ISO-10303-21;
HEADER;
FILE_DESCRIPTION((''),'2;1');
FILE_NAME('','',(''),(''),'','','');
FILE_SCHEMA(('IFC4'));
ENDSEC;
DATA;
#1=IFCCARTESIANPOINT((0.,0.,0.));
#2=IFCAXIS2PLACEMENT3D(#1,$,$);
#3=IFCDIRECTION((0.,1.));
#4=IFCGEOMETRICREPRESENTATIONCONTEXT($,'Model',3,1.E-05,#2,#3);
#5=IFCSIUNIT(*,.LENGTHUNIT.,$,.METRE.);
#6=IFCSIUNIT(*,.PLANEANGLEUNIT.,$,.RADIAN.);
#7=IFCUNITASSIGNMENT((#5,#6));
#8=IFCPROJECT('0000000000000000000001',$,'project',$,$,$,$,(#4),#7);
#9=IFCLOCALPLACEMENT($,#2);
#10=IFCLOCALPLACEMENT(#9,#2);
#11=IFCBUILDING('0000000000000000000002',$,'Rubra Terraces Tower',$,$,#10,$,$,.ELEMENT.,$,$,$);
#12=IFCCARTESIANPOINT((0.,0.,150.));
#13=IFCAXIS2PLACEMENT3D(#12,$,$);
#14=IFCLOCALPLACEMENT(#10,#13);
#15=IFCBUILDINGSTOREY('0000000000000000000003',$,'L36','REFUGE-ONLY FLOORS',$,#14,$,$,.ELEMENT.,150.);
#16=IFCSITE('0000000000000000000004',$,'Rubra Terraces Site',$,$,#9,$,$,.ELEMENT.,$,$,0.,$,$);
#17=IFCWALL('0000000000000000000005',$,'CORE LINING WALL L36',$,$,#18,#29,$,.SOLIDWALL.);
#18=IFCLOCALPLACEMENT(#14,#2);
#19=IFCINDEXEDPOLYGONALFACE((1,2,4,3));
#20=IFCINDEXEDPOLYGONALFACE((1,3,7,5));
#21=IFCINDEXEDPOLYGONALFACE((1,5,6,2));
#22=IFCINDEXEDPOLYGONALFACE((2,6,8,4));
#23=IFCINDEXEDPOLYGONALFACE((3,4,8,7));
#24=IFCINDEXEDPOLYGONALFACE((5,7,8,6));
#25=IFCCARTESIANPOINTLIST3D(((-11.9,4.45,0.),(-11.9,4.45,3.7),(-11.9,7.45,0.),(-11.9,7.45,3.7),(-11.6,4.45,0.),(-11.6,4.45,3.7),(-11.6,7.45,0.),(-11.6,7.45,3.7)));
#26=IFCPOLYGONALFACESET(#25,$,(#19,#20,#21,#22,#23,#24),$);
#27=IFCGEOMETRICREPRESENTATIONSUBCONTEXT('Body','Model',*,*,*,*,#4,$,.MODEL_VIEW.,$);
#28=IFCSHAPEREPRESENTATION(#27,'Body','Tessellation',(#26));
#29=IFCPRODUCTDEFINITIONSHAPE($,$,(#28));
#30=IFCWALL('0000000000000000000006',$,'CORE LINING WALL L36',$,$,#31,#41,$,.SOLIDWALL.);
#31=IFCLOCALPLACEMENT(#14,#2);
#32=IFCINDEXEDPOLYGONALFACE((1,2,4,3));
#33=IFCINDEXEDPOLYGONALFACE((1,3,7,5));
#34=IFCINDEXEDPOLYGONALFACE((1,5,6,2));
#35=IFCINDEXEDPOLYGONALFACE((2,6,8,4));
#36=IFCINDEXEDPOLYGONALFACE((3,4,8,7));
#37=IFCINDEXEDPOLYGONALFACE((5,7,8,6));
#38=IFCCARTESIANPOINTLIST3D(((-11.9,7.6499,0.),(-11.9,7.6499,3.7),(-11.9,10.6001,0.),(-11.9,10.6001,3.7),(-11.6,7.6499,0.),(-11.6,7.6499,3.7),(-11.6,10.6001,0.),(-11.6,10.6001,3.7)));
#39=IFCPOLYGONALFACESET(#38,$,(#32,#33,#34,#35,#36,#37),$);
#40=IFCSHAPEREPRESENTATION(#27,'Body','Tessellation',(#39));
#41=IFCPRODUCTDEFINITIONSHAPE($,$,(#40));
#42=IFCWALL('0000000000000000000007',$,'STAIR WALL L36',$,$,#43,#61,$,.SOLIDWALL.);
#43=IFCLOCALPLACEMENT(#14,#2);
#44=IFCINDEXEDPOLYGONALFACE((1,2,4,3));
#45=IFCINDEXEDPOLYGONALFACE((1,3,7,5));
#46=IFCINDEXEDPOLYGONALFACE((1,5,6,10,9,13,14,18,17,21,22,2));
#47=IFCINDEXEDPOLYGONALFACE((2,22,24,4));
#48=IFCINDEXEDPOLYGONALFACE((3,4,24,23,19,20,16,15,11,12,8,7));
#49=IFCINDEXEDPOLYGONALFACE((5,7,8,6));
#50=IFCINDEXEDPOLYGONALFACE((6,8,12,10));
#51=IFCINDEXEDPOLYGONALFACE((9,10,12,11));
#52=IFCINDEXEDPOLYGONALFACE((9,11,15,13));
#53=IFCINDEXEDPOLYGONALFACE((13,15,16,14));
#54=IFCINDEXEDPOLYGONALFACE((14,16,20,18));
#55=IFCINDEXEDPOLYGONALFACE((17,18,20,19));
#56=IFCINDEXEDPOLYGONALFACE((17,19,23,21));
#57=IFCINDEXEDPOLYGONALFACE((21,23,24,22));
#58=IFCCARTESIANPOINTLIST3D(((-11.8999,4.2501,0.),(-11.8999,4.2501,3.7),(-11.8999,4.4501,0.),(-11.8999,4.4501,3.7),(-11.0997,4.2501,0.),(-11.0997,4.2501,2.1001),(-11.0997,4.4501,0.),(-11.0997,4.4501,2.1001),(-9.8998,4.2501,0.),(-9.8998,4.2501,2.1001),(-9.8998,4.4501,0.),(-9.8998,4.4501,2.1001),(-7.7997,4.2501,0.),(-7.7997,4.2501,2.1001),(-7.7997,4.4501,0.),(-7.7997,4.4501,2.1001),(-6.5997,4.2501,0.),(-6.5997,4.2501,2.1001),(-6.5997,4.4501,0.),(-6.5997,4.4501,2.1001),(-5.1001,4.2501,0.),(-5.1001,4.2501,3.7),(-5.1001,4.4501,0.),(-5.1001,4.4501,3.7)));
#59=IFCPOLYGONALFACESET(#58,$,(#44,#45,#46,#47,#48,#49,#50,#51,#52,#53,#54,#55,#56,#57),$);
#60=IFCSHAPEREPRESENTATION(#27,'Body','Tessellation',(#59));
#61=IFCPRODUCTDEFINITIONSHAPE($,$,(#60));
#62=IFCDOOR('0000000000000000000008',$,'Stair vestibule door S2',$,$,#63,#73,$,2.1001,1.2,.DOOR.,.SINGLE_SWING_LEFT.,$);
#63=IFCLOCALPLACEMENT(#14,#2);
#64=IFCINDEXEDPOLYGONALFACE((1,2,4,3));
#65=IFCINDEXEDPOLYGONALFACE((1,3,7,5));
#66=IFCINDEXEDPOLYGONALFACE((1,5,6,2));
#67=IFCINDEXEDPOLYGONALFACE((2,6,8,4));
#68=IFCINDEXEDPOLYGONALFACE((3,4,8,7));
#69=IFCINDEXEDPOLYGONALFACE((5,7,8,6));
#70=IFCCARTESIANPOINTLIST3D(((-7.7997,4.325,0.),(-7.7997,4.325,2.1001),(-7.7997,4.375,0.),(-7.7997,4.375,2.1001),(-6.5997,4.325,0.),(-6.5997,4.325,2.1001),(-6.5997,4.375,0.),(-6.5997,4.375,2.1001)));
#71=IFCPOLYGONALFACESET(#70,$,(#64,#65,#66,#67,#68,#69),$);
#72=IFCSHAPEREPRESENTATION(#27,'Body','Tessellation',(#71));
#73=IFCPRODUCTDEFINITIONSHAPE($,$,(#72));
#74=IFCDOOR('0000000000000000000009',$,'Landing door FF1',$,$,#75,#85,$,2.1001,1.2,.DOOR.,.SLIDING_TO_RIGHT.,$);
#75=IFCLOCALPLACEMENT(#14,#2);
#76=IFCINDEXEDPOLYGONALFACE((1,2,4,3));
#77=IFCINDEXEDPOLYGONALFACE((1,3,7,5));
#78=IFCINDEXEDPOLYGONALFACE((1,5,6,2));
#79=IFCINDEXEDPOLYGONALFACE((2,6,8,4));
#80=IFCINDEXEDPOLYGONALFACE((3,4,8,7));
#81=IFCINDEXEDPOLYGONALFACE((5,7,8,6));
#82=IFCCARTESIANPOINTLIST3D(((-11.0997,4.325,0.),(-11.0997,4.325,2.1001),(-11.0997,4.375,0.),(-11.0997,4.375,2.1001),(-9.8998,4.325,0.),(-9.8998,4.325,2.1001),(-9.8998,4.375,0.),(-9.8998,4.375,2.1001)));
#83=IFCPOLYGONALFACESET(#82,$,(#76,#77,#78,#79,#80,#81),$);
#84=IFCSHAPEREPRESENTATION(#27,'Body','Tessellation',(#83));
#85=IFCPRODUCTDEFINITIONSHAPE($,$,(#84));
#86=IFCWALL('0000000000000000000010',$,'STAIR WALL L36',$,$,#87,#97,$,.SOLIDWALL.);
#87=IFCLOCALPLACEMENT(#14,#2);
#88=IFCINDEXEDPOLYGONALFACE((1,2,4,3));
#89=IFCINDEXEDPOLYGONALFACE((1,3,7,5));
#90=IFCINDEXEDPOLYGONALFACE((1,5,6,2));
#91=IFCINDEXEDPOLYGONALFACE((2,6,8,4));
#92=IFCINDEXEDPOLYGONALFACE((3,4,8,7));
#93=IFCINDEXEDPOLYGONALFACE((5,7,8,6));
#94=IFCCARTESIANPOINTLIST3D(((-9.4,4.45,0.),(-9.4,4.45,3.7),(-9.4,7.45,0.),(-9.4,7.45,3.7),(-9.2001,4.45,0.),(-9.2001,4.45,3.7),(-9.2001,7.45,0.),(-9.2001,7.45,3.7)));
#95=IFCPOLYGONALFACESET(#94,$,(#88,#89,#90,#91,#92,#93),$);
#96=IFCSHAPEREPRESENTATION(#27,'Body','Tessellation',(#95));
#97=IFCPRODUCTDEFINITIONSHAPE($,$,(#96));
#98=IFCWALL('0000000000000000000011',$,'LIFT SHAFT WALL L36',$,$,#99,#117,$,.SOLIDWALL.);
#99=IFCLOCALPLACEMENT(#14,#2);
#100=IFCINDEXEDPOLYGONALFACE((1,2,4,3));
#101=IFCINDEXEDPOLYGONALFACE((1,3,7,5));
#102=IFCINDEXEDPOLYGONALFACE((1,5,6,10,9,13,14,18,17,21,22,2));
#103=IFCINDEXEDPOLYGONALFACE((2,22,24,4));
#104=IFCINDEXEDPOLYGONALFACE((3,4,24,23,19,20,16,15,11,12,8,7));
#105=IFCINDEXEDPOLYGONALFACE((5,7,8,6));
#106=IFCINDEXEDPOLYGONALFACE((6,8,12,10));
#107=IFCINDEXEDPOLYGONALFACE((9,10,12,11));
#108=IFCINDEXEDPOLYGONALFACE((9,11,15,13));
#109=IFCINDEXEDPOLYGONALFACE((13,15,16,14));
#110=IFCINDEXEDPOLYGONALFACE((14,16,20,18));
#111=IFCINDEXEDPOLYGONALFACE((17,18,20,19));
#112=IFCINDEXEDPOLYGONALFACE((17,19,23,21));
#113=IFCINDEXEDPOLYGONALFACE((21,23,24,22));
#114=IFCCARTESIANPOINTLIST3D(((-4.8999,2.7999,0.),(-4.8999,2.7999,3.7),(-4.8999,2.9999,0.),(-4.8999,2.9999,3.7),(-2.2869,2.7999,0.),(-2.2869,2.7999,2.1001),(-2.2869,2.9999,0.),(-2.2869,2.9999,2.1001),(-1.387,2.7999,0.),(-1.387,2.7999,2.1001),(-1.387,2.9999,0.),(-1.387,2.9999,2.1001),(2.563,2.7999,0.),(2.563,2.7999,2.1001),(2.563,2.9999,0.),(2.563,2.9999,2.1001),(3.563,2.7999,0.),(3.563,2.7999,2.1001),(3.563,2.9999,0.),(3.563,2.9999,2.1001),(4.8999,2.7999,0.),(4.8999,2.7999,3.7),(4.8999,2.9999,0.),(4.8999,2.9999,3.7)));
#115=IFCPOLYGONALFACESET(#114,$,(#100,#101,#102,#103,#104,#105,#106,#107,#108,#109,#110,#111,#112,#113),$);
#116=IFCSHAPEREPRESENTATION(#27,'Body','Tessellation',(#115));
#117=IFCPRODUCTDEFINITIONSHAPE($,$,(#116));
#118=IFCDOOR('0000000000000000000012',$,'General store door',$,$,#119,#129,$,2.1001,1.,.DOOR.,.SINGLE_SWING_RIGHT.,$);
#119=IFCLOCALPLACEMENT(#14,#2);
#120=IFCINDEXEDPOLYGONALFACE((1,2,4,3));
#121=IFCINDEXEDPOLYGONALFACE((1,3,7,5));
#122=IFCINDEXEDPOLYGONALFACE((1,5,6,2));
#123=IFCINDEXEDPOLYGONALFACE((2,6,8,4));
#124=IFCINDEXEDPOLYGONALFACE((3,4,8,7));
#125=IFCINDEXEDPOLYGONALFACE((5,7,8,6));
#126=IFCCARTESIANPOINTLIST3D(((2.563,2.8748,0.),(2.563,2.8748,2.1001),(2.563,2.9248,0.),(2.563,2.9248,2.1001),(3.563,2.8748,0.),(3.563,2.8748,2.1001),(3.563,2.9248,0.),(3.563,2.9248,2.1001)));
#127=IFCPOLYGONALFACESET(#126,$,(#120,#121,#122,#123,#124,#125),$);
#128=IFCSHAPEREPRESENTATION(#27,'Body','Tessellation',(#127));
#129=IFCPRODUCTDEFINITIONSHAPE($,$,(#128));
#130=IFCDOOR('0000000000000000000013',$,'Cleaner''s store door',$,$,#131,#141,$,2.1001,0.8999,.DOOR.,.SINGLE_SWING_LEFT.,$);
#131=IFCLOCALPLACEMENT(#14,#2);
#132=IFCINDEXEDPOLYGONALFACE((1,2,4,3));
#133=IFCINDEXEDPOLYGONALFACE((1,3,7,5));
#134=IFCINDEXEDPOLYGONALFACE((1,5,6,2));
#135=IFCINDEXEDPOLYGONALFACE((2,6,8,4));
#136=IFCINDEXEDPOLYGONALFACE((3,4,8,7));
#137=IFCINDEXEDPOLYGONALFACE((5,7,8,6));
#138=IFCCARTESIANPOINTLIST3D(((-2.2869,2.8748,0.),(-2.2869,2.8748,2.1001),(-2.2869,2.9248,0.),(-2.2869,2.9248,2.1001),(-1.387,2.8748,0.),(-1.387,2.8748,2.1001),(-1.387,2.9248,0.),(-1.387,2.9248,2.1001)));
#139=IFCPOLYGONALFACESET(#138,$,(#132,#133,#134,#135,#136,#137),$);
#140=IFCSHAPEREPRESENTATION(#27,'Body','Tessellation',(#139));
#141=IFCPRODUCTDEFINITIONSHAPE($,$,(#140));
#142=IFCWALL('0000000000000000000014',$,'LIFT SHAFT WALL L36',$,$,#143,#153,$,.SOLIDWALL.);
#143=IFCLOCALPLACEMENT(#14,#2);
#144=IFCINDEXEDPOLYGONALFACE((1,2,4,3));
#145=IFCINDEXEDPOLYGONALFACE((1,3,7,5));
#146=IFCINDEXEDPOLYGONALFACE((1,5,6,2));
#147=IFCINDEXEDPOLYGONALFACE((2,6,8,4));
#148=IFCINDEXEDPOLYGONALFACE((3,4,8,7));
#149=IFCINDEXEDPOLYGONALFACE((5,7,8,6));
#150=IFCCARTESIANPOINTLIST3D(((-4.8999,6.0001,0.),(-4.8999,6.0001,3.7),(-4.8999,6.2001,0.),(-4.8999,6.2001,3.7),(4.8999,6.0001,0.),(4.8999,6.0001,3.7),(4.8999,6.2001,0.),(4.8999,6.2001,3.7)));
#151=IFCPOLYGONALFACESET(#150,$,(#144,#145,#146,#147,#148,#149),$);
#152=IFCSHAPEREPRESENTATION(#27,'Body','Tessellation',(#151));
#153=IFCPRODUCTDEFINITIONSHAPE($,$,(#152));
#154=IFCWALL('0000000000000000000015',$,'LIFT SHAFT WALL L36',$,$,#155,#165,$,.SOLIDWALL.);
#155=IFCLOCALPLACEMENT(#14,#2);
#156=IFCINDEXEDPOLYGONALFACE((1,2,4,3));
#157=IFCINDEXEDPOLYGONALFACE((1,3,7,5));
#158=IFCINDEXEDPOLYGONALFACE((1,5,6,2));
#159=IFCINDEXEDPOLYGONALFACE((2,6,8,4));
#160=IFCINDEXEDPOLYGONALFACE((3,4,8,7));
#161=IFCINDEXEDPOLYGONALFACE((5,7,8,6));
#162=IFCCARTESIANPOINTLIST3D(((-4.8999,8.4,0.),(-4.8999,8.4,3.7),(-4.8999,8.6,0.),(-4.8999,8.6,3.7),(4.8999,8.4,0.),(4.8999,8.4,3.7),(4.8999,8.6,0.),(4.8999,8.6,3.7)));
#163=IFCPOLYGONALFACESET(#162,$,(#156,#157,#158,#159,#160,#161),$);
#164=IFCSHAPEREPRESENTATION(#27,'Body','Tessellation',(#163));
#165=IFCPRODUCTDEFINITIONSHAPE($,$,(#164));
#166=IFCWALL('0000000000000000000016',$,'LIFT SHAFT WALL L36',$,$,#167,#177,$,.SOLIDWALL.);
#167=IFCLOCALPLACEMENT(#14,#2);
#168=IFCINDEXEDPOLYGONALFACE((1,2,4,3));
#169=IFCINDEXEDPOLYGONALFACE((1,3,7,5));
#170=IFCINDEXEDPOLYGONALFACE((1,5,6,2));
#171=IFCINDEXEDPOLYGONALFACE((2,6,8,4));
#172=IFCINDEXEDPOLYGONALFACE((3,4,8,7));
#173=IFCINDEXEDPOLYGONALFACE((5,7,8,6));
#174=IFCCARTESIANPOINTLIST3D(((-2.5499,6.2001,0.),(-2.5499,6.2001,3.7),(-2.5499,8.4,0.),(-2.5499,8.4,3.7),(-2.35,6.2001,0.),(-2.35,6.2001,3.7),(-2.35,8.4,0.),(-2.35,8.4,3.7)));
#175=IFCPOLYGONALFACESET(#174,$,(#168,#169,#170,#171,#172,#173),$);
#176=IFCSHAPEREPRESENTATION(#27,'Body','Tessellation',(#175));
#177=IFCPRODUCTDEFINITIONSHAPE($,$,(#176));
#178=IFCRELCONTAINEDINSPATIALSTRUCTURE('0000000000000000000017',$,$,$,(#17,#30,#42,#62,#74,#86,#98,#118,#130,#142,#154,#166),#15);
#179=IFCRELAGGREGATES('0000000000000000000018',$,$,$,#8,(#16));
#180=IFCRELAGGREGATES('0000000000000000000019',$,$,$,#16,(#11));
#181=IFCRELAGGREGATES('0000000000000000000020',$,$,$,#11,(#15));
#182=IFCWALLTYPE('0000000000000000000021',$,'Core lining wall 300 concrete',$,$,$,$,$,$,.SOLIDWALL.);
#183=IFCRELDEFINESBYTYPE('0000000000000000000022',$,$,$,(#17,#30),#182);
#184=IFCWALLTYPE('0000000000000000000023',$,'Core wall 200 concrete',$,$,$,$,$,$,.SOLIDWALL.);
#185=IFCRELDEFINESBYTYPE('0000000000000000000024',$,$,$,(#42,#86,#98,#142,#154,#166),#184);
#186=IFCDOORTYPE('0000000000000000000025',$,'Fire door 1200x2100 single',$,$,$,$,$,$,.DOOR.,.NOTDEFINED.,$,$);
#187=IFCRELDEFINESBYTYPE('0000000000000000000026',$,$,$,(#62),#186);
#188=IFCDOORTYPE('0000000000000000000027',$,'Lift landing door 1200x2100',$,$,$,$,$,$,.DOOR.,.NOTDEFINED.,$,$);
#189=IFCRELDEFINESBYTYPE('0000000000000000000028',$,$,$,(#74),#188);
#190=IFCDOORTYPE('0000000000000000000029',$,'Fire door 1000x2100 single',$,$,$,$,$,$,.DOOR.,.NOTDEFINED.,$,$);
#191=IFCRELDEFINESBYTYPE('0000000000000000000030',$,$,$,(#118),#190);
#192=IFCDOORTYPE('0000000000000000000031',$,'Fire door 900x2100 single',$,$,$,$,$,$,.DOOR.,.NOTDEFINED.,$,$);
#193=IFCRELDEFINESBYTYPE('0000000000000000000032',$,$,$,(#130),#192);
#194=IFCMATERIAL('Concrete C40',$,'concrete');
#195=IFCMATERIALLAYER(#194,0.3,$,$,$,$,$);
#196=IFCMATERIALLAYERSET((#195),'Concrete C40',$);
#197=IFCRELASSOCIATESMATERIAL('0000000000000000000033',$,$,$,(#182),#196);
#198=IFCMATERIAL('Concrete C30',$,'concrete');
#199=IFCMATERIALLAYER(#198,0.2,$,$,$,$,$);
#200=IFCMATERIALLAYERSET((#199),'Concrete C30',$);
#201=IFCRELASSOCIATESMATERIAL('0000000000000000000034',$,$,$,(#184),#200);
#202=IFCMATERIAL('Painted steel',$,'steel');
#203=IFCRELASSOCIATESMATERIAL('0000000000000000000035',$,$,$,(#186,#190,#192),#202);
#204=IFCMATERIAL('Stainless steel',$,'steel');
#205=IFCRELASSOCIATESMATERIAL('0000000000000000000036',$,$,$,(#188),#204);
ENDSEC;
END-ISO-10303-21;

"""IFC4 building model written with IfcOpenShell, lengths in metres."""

from ifc_helpers import new_model, si_unit, direction, frame, frame_2d, origin, place, context, subcontext, project, spatial, rectangle, extrude, material, layer, layer_set, type_object, element, fill, save


model = new_model("IFC4")

# Units and contexts
model_context = context("Model", 3, precision=1e-05, world=origin(), true_north=direction((0.0, 1.0)))
body_context = subcontext(model_context, "Body", "Model", "MODEL_VIEW")
ifc_project = project(units=[si_unit("LENGTHUNIT", "METRE"), si_unit("PLANEANGLEUNIT", "RADIAN")], contexts=[model_context])

# Site, building, storey
site_placement = place(None, origin())
site = spatial("IfcSite", under=ifc_project, at=site_placement, Name="Rubra Terraces Site", CompositionType="ELEMENT", RefElevation=0.0)
building_placement = place(site_placement, origin())
building = spatial("IfcBuilding", under=site, at=building_placement, Name="Rubra Terraces Tower", CompositionType="ELEMENT")
storey_placement = place(building_placement, frame((0.0, 0.0, 150.0)))
storey = spatial("IfcBuildingStorey", under=building, at=storey_placement, Name="L36", Description="REFUGE-ONLY FLOORS", CompositionType="ELEMENT", Elevation=150.0)

# Walls
ifc_material_1 = material(Name="Concrete C40", Category="concrete")
ifc_layer_1 = layer(ifc_material_1, 0.3)
ifc_layer_set_1 = layer_set([ifc_layer_1], Name="Concrete C40")
wall_type_1 = type_object("IfcWallType", Name="Core lining wall 300 concrete", PredefinedType="SOLIDWALL", material=ifc_layer_set_1)
wall_1_placement = place(storey_placement, frame((-11.75, 4.45, 0.0), z_axis=(0.0, 0.0, 1.0), x_axis=(0.0, 1.0, 0.0)))
element("IfcWall", 1, at=wall_1_placement, inside=storey, type_object=wall_type_1, Name="CORE LINING WALL L36", PredefinedType="SOLIDWALL", context=body_context, shape_type="SweptSolid", body=[
    extrude(rectangle(XDim=3.0, YDim=0.3, at=frame_2d((1.5, 0.0))), origin(), (0.0, 0.0, 1.0), 3.7),
])
wall_2_placement = place(storey_placement, frame((-11.75, 7.6499, 0.0), z_axis=(0.0, 0.0, 1.0), x_axis=(0.0, 1.0, 0.0)))
element("IfcWall", 2, at=wall_2_placement, inside=storey, type_object=wall_type_1, Name="CORE LINING WALL L36", PredefinedType="SOLIDWALL", context=body_context, shape_type="SweptSolid", body=[
    extrude(rectangle(XDim=2.9502, YDim=0.3, at=frame_2d((1.4751, 0.0))), origin(), (0.0, 0.0, 1.0), 3.7),
])

# Wall, openings, doors
ifc_material_2 = material(Name="Concrete C30", Category="concrete")
ifc_layer_2 = layer(ifc_material_2, 0.2)
ifc_layer_set_2 = layer_set([ifc_layer_2], Name="Concrete C30")
wall_type_2 = type_object("IfcWallType", Name="Core wall 200 concrete", PredefinedType="SOLIDWALL", material=ifc_layer_set_2)
wall_3_placement = place(storey_placement, frame((-11.8999, 4.3501, 0.0), z_axis=(0.0, 0.0, 1.0), x_axis=(1.0, 0.0, 0.0)))
wall_3 = element("IfcWall", 3, at=wall_3_placement, inside=storey, type_object=wall_type_2, Name="STAIR WALL L36", PredefinedType="SOLIDWALL", context=body_context, shape_type="SweptSolid", body=[
    extrude(rectangle(XDim=6.7998, YDim=0.2, at=frame_2d((3.3999, 0.0))), origin(), (0.0, 0.0, 1.0), 3.7),
])
opening_1_placement = place(wall_3_placement, frame((4.1001, 0.0, 0.0)))
opening_1 = element("IfcOpeningElement", 4, at=opening_1_placement, cuts=wall_3, PredefinedType="OPENING", context=body_context, shape_type="SweptSolid", body=[
    extrude(rectangle(XDim=1.2, YDim=2.1001, at=frame_2d((0.6001, 1.05))), frame((0.0, 0.1099, 0.0), z_axis=(0.0, -1.0, 0.0), x_axis=(1.0, 0.0, 0.0)), (0.0, 0.0, 1.0), 0.22),
])
opening_2_placement = place(wall_3_placement, frame((0.8, 0.0, 0.0)))
opening_2 = element("IfcOpeningElement", 5, at=opening_2_placement, cuts=wall_3, PredefinedType="OPENING", context=body_context, shape_type="SweptSolid", body=[
    extrude(rectangle(XDim=1.2, YDim=2.1001, at=frame_2d((0.6001, 1.05))), frame((0.0, 0.1099, 0.0), z_axis=(0.0, -1.0, 0.0), x_axis=(1.0, 0.0, 0.0)), (0.0, 0.0, 1.0), 0.22),
])
ifc_material_3 = material(Name="Painted steel", Category="steel")
door_type_1 = type_object("IfcDoorType", Name="Fire door 1200x2100 single", OperationType="NOTDEFINED", PredefinedType="DOOR", material=ifc_material_3)
door_1_placement = place(opening_1_placement, origin())
door_1 = element("IfcDoor", 6, at=door_1_placement, inside=storey, type_object=door_type_1, Name="Stair vestibule door S2", OperationType="SINGLE_SWING_LEFT", OverallHeight=2.1001, OverallWidth=1.2, PredefinedType="DOOR", context=body_context, shape_type="SweptSolid", body=[
    extrude(rectangle(XDim=1.2, YDim=2.1001, at=frame_2d((0.6001, 1.05))), frame((0.0, 0.0249, 0.0), z_axis=(0.0, -1.0, 0.0), x_axis=(1.0, 0.0, 0.0)), (0.0, 0.0, 1.0), 0.05),
])
fill(opening_1, door_1)
ifc_material_4 = material(Name="Stainless steel", Category="steel")
door_type_2 = type_object("IfcDoorType", Name="Lift landing door 1200x2100", OperationType="NOTDEFINED", PredefinedType="DOOR", material=ifc_material_4)
door_2_placement = place(opening_2_placement, origin())
door_2 = element("IfcDoor", 7, at=door_2_placement, inside=storey, type_object=door_type_2, Name="Landing door FF1", OperationType="SLIDING_TO_RIGHT", OverallHeight=2.1001, OverallWidth=1.2, PredefinedType="DOOR", context=body_context, shape_type="SweptSolid", body=[
    extrude(rectangle(XDim=1.2, YDim=2.1001, at=frame_2d((0.6001, 1.05))), frame((0.0, 0.0249, 0.0), z_axis=(0.0, -1.0, 0.0), x_axis=(1.0, 0.0, 0.0)), (0.0, 0.0, 1.0), 0.05),
])
fill(opening_2, door_2)

# Wall
wall_4_placement = place(storey_placement, frame((-9.3, 4.45, 0.0), z_axis=(0.0, 0.0, 1.0), x_axis=(0.0, 1.0, 0.0)))
element("IfcWall", 8, at=wall_4_placement, inside=storey, type_object=wall_type_2, Name="STAIR WALL L36", PredefinedType="SOLIDWALL", context=body_context, shape_type="SweptSolid", body=[
    extrude(rectangle(XDim=3.0, YDim=0.2, at=frame_2d((1.5, 0.0))), origin(), (0.0, 0.0, 1.0), 3.7),
])

# Wall, openings, doors
wall_5_placement = place(storey_placement, frame((-4.8999, 2.8999, 0.0), z_axis=(0.0, 0.0, 1.0), x_axis=(1.0, 0.0, 0.0)))
wall_5 = element("IfcWall", 9, at=wall_5_placement, inside=storey, type_object=wall_type_2, Name="LIFT SHAFT WALL L36", PredefinedType="SOLIDWALL", context=body_context, shape_type="SweptSolid", body=[
    extrude(rectangle(XDim=9.7998, YDim=0.2, at=frame_2d((4.8999, 0.0))), origin(), (0.0, 0.0, 1.0), 3.7),
])
opening_3_placement = place(wall_5_placement, frame((2.613, 0.0, 0.0)))
opening_3 = element("IfcOpeningElement", 10, at=opening_3_placement, cuts=wall_5, PredefinedType="OPENING", context=body_context, shape_type="SweptSolid", body=[
    extrude(rectangle(XDim=0.8999, YDim=2.1001, at=frame_2d((0.45, 1.05))), frame((0.0, 0.1099, 0.0), z_axis=(0.0, -1.0, 0.0), x_axis=(1.0, 0.0, 0.0)), (0.0, 0.0, 1.0), 0.22),
])
opening_4_placement = place(wall_5_placement, frame((7.4629, 0.0, 0.0)))
opening_4 = element("IfcOpeningElement", 11, at=opening_4_placement, cuts=wall_5, PredefinedType="OPENING", context=body_context, shape_type="SweptSolid", body=[
    extrude(rectangle(XDim=1.0, YDim=2.1001, at=frame_2d((0.5, 1.05))), frame((0.0, 0.1099, 0.0), z_axis=(0.0, -1.0, 0.0), x_axis=(1.0, 0.0, 0.0)), (0.0, 0.0, 1.0), 0.22),
])
door_type_3 = type_object("IfcDoorType", Name="Fire door 1000x2100 single", OperationType="NOTDEFINED", PredefinedType="DOOR", material=ifc_material_3)
door_3_placement = place(opening_4_placement, origin())
door_3 = element("IfcDoor", 12, at=door_3_placement, inside=storey, type_object=door_type_3, Name="General store door", OperationType="SINGLE_SWING_RIGHT", OverallHeight=2.1001, OverallWidth=1.0, PredefinedType="DOOR", context=body_context, shape_type="SweptSolid", body=[
    extrude(rectangle(XDim=1.0, YDim=2.1001, at=frame_2d((0.5, 1.05))), frame((0.0, 0.0249, 0.0), z_axis=(0.0, -1.0, 0.0), x_axis=(1.0, 0.0, 0.0)), (0.0, 0.0, 1.0), 0.05),
])
fill(opening_4, door_3)
door_type_4 = type_object("IfcDoorType", Name="Fire door 900x2100 single", OperationType="NOTDEFINED", PredefinedType="DOOR", material=ifc_material_3)
door_4_placement = place(opening_3_placement, origin())
door_4 = element("IfcDoor", 13, at=door_4_placement, inside=storey, type_object=door_type_4, Name="Cleaner's store door", OperationType="SINGLE_SWING_LEFT", OverallHeight=2.1001, OverallWidth=0.8999, PredefinedType="DOOR", context=body_context, shape_type="SweptSolid", body=[
    extrude(rectangle(XDim=0.8999, YDim=2.1001, at=frame_2d((0.45, 1.05))), frame((0.0, 0.0249, 0.0), z_axis=(0.0, -1.0, 0.0), x_axis=(1.0, 0.0, 0.0)), (0.0, 0.0, 1.0), 0.05),
])
fill(opening_3, door_4)

# Walls
for number, where, z_axis, x_axis, name in (
    (14, (-4.8999, 6.1001, 0.0), (0.0, 0.0, 1.0), (1.0, 0.0, 0.0), "LIFT SHAFT WALL L36"),
    (15, (-4.8999, 8.5, 0.0), (0.0, 0.0, 1.0), (1.0, 0.0, 0.0), "LIFT SHAFT WALL L36"),
):
    element("IfcWall", number, at=place(storey_placement, frame(where, z_axis=z_axis, x_axis=x_axis)), inside=storey, type_object=wall_type_2, Name=name, PredefinedType="SOLIDWALL", context=body_context, shape_type="SweptSolid", body=[
        extrude(rectangle(XDim=9.7998, YDim=0.2, at=frame_2d((4.8999, 0.0))), origin(), (0.0, 0.0, 1.0), 3.7),
    ])
wall_6_placement = place(storey_placement, frame((-2.45, 6.2, 0.0), z_axis=(0.0, 0.0, 1.0), x_axis=(0.0, 1.0, 0.0)))
element("IfcWall", 16, at=wall_6_placement, inside=storey, type_object=wall_type_2, Name="LIFT SHAFT WALL L36", PredefinedType="SOLIDWALL", context=body_context, shape_type="SweptSolid", body=[
    extrude(rectangle(XDim=2.2, YDim=0.2, at=frame_2d((1.1001, 0.0))), origin(), (0.0, 0.0, 1.0), 3.7),
])

save(model, "model.ifc")
